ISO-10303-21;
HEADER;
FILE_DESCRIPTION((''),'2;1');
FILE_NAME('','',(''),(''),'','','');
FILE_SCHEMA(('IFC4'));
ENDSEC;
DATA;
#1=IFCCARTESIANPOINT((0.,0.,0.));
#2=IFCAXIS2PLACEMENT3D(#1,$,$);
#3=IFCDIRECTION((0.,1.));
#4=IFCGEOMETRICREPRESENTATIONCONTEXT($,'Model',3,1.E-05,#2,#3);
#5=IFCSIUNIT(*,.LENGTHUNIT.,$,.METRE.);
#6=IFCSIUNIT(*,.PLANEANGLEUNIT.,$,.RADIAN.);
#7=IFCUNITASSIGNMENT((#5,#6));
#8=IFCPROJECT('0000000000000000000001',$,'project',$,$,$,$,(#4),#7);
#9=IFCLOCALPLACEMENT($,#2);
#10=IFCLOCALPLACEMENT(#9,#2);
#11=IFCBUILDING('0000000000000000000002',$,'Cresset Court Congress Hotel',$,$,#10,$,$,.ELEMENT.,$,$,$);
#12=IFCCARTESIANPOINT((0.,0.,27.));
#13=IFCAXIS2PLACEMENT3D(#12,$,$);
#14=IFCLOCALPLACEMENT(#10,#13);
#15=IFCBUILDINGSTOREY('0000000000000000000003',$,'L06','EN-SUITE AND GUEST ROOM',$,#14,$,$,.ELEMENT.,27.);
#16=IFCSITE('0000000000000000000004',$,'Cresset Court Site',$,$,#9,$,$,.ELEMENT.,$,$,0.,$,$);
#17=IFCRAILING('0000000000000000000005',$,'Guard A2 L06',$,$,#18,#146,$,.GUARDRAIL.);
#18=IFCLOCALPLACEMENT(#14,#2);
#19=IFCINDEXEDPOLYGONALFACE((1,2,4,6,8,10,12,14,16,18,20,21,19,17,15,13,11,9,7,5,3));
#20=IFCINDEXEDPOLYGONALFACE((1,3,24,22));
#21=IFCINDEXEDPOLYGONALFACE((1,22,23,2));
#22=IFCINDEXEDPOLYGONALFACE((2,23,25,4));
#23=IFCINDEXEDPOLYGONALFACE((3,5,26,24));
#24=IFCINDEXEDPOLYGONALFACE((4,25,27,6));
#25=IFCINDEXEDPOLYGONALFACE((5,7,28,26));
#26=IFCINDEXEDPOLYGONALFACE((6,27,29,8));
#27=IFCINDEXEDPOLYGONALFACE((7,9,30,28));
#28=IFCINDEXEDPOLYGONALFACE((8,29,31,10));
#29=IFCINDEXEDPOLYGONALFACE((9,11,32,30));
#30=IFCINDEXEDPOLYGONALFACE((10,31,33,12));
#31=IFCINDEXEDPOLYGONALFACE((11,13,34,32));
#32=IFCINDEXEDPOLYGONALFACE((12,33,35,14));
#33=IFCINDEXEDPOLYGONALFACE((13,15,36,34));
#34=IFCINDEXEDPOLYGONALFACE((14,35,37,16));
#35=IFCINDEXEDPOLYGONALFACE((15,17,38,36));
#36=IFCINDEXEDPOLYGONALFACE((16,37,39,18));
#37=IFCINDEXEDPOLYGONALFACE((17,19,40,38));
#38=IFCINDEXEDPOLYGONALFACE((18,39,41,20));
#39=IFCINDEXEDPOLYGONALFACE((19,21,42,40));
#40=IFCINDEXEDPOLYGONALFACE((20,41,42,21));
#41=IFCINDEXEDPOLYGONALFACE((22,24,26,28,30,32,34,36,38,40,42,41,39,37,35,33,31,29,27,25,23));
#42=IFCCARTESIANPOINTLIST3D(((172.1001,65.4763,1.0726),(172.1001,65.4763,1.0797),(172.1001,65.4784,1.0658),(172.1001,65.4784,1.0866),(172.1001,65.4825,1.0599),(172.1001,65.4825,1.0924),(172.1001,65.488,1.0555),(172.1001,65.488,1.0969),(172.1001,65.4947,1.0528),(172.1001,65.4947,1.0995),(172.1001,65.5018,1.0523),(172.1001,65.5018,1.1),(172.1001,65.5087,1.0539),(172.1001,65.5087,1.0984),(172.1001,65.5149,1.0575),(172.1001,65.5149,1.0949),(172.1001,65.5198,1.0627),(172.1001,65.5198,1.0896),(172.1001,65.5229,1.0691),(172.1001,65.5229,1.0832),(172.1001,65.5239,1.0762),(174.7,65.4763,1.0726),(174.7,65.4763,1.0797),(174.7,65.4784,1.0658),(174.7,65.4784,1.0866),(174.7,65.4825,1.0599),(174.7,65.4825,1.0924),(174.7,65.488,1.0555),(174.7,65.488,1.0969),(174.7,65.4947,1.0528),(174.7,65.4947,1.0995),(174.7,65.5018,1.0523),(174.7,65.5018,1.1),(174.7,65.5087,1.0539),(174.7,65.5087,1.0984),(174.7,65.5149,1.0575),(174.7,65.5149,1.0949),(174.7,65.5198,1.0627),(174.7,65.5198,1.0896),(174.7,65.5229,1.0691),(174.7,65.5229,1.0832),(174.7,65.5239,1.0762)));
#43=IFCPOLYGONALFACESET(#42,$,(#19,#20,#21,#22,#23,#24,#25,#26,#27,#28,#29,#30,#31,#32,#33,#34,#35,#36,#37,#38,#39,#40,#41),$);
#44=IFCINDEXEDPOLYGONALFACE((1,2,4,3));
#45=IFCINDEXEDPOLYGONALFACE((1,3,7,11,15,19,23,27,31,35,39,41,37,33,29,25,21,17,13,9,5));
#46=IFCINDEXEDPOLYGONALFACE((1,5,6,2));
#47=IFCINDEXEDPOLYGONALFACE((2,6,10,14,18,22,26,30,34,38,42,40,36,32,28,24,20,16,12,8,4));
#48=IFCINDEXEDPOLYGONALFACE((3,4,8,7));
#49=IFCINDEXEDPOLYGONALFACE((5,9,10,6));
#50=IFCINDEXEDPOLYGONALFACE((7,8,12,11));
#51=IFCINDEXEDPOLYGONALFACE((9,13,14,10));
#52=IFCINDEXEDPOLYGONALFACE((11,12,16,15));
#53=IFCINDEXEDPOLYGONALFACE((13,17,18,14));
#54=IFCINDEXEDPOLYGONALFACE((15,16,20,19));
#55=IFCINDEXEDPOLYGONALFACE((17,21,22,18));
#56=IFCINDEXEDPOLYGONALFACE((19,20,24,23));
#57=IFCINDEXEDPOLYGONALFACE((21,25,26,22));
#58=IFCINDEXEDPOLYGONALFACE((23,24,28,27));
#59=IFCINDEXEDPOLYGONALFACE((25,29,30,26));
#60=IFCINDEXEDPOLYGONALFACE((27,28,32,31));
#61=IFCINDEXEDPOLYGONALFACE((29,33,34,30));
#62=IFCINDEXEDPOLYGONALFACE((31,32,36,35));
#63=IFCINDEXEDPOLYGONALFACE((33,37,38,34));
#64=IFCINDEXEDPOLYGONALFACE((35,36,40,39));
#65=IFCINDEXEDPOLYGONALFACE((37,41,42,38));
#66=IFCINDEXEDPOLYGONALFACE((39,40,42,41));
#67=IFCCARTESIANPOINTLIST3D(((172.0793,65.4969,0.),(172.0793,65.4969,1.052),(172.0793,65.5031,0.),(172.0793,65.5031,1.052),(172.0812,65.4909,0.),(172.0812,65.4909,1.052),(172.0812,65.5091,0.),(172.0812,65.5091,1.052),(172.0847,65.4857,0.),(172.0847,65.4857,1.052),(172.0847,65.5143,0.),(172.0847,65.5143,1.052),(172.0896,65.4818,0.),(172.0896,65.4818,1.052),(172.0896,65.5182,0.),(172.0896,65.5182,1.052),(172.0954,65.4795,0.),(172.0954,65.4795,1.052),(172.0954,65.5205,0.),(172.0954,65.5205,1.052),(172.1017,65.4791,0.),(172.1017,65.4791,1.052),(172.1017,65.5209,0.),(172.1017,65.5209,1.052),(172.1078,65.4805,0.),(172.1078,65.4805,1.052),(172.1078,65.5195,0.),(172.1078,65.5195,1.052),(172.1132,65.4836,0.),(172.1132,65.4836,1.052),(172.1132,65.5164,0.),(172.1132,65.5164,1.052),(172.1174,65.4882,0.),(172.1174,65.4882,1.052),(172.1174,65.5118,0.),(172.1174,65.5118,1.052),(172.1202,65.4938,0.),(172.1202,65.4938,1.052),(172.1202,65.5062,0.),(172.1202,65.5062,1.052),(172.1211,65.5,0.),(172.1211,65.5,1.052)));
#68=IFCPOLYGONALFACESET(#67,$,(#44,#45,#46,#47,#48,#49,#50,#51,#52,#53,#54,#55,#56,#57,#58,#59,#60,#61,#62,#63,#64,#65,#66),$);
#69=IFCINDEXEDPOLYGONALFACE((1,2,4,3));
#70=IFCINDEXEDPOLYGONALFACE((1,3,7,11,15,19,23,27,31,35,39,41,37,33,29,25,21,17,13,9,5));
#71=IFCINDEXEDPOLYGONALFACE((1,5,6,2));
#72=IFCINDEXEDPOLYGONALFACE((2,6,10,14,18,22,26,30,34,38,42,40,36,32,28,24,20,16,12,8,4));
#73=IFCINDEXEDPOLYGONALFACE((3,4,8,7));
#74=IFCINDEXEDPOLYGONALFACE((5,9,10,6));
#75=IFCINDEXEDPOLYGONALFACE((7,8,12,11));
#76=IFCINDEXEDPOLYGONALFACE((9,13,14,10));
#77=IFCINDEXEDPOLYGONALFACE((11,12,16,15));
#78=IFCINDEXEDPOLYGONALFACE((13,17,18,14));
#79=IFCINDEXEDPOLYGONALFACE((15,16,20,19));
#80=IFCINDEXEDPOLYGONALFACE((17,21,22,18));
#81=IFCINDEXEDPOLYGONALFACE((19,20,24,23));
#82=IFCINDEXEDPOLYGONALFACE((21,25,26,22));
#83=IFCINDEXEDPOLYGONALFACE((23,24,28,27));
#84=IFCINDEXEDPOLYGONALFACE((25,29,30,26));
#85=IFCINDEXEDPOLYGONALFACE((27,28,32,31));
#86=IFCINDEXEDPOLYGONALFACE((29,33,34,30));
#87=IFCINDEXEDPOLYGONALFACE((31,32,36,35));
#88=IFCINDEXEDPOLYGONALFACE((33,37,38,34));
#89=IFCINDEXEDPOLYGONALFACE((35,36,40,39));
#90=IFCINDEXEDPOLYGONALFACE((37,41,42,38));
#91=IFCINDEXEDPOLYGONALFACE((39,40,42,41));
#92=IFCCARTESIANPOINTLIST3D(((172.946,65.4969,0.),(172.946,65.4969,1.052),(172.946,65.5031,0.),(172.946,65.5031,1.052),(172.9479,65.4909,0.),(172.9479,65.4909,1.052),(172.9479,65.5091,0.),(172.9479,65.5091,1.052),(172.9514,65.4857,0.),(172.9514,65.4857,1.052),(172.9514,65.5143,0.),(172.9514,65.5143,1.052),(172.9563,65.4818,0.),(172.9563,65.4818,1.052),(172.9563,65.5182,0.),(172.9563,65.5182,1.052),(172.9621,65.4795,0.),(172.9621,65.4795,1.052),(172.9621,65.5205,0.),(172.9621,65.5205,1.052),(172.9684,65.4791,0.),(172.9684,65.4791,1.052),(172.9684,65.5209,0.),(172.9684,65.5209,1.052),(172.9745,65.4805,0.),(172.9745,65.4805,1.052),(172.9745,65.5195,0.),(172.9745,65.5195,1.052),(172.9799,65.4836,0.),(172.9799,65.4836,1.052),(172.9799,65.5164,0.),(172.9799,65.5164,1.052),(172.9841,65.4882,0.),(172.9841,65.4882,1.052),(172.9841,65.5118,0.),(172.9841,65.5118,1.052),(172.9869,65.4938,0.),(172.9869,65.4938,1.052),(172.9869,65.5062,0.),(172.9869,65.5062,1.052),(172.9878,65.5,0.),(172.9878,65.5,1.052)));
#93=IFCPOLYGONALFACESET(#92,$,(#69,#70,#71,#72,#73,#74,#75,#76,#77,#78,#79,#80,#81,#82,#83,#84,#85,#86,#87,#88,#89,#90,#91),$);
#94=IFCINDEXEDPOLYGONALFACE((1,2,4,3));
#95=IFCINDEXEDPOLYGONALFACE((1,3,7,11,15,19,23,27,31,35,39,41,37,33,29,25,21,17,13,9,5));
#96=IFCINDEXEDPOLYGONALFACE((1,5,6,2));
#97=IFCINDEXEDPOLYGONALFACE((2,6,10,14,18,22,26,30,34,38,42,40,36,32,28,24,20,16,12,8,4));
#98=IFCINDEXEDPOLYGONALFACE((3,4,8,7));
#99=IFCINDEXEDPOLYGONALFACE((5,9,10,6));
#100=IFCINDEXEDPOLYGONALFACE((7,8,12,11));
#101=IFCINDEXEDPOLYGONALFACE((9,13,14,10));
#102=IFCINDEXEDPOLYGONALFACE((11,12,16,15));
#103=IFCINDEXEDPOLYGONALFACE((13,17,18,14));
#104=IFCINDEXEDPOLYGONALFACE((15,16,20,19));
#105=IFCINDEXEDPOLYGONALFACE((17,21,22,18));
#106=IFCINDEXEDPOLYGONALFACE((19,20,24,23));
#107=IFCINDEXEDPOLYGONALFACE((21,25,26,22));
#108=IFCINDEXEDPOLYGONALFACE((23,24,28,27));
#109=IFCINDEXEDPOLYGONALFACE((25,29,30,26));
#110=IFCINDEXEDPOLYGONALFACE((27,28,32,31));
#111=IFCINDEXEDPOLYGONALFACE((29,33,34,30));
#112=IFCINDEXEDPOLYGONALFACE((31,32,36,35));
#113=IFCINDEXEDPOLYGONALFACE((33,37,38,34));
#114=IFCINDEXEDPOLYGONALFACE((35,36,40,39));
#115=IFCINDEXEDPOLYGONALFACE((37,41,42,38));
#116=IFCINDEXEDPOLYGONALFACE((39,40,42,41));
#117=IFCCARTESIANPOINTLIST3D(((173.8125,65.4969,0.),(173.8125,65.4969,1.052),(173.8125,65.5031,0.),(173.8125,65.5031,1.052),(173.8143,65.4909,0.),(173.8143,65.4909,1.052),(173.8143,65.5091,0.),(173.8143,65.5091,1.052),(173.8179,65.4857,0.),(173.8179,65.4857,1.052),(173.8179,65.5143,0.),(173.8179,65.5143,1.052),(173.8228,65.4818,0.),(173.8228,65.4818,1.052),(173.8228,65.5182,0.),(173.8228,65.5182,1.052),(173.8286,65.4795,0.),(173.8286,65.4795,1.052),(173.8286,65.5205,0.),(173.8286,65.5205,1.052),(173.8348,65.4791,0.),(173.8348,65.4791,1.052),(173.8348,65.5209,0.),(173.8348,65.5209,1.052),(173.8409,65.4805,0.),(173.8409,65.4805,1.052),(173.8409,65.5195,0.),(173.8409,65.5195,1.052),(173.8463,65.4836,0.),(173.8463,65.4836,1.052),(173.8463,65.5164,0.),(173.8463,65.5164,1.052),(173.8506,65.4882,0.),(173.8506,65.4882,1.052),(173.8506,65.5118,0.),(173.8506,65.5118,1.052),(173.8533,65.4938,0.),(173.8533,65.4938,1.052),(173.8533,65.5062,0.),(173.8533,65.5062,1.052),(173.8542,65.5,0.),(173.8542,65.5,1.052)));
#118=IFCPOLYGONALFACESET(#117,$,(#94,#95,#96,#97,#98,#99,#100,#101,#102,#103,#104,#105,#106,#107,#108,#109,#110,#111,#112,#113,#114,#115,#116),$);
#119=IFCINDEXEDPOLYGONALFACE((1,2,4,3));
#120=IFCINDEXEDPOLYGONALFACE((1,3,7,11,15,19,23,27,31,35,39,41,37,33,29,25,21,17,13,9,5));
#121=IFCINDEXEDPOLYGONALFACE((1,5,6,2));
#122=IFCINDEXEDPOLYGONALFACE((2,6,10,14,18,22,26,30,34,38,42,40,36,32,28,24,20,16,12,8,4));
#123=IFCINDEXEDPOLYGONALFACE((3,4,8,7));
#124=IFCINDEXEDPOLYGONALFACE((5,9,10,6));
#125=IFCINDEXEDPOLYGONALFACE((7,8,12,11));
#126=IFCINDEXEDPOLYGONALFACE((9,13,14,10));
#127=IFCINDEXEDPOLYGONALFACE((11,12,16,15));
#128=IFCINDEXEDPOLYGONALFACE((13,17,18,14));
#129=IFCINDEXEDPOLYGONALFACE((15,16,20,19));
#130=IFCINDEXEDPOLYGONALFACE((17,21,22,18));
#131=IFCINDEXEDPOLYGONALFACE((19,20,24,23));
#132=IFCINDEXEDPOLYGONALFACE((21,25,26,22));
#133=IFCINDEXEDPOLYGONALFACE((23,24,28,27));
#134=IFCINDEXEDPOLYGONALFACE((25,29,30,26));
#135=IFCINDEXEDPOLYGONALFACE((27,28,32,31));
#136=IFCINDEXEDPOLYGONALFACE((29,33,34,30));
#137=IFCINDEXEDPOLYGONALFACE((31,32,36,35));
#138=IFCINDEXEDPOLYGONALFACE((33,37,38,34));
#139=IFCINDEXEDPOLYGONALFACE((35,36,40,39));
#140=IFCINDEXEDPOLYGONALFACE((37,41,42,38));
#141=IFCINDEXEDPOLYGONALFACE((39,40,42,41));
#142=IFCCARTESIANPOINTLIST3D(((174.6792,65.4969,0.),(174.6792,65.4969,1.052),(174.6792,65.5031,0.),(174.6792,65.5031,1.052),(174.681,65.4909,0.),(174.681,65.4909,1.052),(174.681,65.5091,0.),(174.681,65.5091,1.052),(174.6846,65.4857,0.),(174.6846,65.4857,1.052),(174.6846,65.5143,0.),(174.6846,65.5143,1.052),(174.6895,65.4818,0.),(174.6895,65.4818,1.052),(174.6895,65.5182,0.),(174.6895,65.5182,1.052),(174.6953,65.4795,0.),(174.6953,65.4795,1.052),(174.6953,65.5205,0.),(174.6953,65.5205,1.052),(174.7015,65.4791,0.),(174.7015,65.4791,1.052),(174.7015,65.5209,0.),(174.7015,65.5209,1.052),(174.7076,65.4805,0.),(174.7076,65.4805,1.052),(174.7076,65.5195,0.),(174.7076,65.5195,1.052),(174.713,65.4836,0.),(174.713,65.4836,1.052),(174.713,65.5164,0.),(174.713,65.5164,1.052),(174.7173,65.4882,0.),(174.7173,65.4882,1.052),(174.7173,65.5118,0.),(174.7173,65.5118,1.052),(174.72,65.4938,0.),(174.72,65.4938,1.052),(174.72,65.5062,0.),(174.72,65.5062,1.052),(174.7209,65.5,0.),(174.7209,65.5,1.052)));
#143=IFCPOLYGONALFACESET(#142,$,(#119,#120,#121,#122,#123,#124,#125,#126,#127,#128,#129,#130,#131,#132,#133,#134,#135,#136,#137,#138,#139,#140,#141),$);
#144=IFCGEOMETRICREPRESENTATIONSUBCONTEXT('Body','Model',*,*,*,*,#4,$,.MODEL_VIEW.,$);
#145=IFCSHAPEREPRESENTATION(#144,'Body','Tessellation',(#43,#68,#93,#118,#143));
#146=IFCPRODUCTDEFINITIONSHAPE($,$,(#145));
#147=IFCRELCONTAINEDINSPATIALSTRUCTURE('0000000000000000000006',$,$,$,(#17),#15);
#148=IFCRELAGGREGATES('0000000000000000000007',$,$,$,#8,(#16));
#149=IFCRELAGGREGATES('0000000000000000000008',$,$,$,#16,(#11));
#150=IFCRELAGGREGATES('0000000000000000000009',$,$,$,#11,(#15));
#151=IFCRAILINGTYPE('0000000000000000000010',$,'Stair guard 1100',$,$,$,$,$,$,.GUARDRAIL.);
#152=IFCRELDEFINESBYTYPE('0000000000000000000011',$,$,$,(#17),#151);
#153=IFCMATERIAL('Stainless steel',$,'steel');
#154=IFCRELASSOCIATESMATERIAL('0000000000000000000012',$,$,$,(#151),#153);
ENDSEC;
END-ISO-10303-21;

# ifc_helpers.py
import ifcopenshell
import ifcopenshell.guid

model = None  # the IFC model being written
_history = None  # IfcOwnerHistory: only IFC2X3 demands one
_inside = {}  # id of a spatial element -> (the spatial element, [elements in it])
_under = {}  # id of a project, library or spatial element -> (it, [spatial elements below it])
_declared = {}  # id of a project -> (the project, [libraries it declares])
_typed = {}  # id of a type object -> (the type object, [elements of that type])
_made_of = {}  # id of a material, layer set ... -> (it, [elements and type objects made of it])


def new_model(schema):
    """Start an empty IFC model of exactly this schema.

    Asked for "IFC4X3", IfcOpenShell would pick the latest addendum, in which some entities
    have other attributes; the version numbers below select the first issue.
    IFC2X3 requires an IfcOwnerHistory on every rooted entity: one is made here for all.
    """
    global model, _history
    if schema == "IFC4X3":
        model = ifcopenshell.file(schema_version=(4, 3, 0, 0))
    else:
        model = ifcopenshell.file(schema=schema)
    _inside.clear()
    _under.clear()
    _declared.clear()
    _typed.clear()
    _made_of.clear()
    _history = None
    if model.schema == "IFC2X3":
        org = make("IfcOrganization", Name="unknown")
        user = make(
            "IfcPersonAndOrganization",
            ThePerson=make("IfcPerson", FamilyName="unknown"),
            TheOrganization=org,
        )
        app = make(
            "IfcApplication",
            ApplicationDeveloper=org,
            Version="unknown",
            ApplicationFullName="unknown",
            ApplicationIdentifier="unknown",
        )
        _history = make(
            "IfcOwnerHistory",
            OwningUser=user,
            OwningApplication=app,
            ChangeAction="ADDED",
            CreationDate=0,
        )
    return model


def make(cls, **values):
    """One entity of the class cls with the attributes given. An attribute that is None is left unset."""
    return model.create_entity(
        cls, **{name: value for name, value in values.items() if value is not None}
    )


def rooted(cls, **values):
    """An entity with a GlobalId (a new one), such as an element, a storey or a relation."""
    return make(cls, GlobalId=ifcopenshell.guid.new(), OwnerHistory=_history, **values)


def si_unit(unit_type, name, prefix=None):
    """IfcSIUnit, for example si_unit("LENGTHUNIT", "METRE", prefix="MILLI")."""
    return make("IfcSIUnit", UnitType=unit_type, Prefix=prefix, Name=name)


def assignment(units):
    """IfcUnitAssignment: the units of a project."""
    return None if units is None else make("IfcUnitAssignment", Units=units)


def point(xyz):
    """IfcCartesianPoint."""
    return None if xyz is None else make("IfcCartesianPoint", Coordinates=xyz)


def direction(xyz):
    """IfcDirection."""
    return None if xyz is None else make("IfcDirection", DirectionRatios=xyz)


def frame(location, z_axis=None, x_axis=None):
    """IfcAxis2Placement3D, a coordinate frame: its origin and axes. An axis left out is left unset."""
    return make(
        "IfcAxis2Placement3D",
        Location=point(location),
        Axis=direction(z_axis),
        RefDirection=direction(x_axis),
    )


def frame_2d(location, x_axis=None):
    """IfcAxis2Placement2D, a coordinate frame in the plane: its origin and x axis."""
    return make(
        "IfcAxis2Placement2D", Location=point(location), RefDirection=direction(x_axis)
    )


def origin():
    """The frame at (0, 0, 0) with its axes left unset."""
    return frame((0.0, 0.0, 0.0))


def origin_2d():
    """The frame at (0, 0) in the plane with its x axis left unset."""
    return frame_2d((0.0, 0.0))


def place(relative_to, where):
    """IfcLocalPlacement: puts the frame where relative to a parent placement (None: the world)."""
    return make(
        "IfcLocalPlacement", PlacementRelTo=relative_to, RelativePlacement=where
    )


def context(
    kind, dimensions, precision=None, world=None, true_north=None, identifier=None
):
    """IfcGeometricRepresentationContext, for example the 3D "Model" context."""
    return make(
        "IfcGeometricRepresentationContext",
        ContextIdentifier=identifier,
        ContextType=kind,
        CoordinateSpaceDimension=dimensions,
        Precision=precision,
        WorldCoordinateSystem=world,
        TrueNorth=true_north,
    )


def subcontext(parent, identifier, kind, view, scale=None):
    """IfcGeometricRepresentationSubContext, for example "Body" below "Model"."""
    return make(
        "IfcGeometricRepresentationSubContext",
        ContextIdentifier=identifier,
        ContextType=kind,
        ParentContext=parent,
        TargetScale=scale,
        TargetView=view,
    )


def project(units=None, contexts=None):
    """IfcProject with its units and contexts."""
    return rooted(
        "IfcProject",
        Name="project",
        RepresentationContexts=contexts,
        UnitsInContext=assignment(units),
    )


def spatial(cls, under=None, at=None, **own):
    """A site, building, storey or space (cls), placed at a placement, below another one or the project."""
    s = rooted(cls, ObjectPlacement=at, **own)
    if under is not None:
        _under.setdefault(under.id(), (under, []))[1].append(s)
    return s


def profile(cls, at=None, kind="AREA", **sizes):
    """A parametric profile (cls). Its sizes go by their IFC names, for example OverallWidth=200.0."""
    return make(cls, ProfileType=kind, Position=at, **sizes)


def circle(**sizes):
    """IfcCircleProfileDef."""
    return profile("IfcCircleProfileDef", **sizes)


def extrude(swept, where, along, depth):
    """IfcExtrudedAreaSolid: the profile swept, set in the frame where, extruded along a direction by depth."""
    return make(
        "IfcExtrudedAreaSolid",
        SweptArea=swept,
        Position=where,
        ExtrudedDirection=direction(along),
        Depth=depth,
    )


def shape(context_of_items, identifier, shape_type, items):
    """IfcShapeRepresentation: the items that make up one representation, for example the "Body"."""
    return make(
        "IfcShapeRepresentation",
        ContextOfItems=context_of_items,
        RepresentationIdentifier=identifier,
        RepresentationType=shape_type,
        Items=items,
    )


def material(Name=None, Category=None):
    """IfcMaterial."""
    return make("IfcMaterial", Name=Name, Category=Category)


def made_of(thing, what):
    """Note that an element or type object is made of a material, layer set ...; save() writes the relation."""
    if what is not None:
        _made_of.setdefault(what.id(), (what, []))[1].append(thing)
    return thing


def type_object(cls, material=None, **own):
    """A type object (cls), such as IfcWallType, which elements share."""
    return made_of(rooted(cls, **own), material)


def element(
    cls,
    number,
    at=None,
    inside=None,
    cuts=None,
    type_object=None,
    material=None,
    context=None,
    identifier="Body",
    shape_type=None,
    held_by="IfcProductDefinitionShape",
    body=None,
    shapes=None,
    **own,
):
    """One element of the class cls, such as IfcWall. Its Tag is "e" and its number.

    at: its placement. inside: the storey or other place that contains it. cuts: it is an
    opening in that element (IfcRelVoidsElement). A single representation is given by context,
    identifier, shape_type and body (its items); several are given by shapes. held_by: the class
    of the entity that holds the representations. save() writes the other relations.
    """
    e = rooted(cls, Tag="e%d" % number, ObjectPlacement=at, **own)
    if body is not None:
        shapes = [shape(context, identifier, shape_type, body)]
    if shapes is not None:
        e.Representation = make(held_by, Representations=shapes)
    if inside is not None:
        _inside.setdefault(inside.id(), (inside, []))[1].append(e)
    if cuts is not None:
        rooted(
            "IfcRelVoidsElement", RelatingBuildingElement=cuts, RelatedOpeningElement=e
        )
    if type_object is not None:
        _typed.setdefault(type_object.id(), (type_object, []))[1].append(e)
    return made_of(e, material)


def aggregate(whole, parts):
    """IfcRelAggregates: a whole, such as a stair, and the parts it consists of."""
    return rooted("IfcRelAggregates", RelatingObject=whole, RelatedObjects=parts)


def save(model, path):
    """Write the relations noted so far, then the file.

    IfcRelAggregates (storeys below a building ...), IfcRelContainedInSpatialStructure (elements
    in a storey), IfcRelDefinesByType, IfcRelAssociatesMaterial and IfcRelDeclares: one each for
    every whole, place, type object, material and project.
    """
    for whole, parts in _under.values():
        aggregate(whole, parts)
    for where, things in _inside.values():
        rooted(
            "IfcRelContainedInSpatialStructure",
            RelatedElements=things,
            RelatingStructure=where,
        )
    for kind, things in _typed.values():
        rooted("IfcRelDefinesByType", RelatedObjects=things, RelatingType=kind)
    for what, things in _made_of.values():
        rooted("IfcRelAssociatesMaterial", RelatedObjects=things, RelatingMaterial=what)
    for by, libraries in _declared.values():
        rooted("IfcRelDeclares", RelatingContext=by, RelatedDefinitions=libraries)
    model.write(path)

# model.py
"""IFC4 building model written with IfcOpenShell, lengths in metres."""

from ifc_helpers import new_model, si_unit, direction, frame, origin, origin_2d, place, context, subcontext, project, spatial, circle, extrude, material, type_object, element, save


model = new_model("IFC4")

# Units and contexts
model_context = context("Model", 3, precision=1e-05, world=origin(), true_north=direction((0.0, 1.0)))
body_context = subcontext(model_context, "Body", "Model", "MODEL_VIEW")
ifc_project = project(units=[si_unit("LENGTHUNIT", "METRE"), si_unit("PLANEANGLEUNIT", "RADIAN")], contexts=[model_context])

# Site, building, storey
site_placement = place(None, origin())
site = spatial("IfcSite", under=ifc_project, at=site_placement, Name="Cresset Court Site", CompositionType="ELEMENT", RefElevation=0.0)
building_placement = place(site_placement, origin())
building = spatial("IfcBuilding", under=site, at=building_placement, Name="Cresset Court Congress Hotel", CompositionType="ELEMENT")
storey_placement = place(building_placement, frame((0.0, 0.0, 27.0)))
storey = spatial("IfcBuildingStorey", under=building, at=storey_placement, Name="L06", Description="EN-SUITE AND GUEST ROOM", CompositionType="ELEMENT", Elevation=27.0)

# Railing
ifc_material_1 = material(Name="Stainless steel", Category="steel")
railing_type_1 = type_object("IfcRailingType", Name="Stair guard 1100", PredefinedType="GUARDRAIL", material=ifc_material_1)
for number, where, name in (
    (1, (172.1001, 65.5, 0.0), "Guard A2 L06"),
):
    element("IfcRailing", number, at=place(storey_placement, frame(where)), inside=storey, type_object=railing_type_1, Name=name, PredefinedType="GUARDRAIL", context=body_context, shape_type="SweptSolid", body=[
        extrude(circle(Radius=0.0239, at=origin_2d()), frame((0.0, 0.0, 1.0762), z_axis=(1.0, 0.0, 0.0), x_axis=(0.0, 1.0, 0.0)), (0.0, 0.0, 1.0), 2.5999),
        extrude(circle(Radius=0.021, at=origin_2d()), origin(), (0.0, 0.0, 1.0), 1.052),
        extrude(circle(Radius=0.021, at=origin_2d()), frame((0.8667, 0.0, 0.0)), (0.0, 0.0, 1.0), 1.052),
        extrude(circle(Radius=0.021, at=origin_2d()), frame((1.7332, 0.0, 0.0)), (0.0, 0.0, 1.0), 1.052),
        extrude(circle(Radius=0.021, at=origin_2d()), frame((2.5999, 0.0, 0.0)), (0.0, 0.0, 1.0), 1.052),
    ])

save(model, "model.ifc")
